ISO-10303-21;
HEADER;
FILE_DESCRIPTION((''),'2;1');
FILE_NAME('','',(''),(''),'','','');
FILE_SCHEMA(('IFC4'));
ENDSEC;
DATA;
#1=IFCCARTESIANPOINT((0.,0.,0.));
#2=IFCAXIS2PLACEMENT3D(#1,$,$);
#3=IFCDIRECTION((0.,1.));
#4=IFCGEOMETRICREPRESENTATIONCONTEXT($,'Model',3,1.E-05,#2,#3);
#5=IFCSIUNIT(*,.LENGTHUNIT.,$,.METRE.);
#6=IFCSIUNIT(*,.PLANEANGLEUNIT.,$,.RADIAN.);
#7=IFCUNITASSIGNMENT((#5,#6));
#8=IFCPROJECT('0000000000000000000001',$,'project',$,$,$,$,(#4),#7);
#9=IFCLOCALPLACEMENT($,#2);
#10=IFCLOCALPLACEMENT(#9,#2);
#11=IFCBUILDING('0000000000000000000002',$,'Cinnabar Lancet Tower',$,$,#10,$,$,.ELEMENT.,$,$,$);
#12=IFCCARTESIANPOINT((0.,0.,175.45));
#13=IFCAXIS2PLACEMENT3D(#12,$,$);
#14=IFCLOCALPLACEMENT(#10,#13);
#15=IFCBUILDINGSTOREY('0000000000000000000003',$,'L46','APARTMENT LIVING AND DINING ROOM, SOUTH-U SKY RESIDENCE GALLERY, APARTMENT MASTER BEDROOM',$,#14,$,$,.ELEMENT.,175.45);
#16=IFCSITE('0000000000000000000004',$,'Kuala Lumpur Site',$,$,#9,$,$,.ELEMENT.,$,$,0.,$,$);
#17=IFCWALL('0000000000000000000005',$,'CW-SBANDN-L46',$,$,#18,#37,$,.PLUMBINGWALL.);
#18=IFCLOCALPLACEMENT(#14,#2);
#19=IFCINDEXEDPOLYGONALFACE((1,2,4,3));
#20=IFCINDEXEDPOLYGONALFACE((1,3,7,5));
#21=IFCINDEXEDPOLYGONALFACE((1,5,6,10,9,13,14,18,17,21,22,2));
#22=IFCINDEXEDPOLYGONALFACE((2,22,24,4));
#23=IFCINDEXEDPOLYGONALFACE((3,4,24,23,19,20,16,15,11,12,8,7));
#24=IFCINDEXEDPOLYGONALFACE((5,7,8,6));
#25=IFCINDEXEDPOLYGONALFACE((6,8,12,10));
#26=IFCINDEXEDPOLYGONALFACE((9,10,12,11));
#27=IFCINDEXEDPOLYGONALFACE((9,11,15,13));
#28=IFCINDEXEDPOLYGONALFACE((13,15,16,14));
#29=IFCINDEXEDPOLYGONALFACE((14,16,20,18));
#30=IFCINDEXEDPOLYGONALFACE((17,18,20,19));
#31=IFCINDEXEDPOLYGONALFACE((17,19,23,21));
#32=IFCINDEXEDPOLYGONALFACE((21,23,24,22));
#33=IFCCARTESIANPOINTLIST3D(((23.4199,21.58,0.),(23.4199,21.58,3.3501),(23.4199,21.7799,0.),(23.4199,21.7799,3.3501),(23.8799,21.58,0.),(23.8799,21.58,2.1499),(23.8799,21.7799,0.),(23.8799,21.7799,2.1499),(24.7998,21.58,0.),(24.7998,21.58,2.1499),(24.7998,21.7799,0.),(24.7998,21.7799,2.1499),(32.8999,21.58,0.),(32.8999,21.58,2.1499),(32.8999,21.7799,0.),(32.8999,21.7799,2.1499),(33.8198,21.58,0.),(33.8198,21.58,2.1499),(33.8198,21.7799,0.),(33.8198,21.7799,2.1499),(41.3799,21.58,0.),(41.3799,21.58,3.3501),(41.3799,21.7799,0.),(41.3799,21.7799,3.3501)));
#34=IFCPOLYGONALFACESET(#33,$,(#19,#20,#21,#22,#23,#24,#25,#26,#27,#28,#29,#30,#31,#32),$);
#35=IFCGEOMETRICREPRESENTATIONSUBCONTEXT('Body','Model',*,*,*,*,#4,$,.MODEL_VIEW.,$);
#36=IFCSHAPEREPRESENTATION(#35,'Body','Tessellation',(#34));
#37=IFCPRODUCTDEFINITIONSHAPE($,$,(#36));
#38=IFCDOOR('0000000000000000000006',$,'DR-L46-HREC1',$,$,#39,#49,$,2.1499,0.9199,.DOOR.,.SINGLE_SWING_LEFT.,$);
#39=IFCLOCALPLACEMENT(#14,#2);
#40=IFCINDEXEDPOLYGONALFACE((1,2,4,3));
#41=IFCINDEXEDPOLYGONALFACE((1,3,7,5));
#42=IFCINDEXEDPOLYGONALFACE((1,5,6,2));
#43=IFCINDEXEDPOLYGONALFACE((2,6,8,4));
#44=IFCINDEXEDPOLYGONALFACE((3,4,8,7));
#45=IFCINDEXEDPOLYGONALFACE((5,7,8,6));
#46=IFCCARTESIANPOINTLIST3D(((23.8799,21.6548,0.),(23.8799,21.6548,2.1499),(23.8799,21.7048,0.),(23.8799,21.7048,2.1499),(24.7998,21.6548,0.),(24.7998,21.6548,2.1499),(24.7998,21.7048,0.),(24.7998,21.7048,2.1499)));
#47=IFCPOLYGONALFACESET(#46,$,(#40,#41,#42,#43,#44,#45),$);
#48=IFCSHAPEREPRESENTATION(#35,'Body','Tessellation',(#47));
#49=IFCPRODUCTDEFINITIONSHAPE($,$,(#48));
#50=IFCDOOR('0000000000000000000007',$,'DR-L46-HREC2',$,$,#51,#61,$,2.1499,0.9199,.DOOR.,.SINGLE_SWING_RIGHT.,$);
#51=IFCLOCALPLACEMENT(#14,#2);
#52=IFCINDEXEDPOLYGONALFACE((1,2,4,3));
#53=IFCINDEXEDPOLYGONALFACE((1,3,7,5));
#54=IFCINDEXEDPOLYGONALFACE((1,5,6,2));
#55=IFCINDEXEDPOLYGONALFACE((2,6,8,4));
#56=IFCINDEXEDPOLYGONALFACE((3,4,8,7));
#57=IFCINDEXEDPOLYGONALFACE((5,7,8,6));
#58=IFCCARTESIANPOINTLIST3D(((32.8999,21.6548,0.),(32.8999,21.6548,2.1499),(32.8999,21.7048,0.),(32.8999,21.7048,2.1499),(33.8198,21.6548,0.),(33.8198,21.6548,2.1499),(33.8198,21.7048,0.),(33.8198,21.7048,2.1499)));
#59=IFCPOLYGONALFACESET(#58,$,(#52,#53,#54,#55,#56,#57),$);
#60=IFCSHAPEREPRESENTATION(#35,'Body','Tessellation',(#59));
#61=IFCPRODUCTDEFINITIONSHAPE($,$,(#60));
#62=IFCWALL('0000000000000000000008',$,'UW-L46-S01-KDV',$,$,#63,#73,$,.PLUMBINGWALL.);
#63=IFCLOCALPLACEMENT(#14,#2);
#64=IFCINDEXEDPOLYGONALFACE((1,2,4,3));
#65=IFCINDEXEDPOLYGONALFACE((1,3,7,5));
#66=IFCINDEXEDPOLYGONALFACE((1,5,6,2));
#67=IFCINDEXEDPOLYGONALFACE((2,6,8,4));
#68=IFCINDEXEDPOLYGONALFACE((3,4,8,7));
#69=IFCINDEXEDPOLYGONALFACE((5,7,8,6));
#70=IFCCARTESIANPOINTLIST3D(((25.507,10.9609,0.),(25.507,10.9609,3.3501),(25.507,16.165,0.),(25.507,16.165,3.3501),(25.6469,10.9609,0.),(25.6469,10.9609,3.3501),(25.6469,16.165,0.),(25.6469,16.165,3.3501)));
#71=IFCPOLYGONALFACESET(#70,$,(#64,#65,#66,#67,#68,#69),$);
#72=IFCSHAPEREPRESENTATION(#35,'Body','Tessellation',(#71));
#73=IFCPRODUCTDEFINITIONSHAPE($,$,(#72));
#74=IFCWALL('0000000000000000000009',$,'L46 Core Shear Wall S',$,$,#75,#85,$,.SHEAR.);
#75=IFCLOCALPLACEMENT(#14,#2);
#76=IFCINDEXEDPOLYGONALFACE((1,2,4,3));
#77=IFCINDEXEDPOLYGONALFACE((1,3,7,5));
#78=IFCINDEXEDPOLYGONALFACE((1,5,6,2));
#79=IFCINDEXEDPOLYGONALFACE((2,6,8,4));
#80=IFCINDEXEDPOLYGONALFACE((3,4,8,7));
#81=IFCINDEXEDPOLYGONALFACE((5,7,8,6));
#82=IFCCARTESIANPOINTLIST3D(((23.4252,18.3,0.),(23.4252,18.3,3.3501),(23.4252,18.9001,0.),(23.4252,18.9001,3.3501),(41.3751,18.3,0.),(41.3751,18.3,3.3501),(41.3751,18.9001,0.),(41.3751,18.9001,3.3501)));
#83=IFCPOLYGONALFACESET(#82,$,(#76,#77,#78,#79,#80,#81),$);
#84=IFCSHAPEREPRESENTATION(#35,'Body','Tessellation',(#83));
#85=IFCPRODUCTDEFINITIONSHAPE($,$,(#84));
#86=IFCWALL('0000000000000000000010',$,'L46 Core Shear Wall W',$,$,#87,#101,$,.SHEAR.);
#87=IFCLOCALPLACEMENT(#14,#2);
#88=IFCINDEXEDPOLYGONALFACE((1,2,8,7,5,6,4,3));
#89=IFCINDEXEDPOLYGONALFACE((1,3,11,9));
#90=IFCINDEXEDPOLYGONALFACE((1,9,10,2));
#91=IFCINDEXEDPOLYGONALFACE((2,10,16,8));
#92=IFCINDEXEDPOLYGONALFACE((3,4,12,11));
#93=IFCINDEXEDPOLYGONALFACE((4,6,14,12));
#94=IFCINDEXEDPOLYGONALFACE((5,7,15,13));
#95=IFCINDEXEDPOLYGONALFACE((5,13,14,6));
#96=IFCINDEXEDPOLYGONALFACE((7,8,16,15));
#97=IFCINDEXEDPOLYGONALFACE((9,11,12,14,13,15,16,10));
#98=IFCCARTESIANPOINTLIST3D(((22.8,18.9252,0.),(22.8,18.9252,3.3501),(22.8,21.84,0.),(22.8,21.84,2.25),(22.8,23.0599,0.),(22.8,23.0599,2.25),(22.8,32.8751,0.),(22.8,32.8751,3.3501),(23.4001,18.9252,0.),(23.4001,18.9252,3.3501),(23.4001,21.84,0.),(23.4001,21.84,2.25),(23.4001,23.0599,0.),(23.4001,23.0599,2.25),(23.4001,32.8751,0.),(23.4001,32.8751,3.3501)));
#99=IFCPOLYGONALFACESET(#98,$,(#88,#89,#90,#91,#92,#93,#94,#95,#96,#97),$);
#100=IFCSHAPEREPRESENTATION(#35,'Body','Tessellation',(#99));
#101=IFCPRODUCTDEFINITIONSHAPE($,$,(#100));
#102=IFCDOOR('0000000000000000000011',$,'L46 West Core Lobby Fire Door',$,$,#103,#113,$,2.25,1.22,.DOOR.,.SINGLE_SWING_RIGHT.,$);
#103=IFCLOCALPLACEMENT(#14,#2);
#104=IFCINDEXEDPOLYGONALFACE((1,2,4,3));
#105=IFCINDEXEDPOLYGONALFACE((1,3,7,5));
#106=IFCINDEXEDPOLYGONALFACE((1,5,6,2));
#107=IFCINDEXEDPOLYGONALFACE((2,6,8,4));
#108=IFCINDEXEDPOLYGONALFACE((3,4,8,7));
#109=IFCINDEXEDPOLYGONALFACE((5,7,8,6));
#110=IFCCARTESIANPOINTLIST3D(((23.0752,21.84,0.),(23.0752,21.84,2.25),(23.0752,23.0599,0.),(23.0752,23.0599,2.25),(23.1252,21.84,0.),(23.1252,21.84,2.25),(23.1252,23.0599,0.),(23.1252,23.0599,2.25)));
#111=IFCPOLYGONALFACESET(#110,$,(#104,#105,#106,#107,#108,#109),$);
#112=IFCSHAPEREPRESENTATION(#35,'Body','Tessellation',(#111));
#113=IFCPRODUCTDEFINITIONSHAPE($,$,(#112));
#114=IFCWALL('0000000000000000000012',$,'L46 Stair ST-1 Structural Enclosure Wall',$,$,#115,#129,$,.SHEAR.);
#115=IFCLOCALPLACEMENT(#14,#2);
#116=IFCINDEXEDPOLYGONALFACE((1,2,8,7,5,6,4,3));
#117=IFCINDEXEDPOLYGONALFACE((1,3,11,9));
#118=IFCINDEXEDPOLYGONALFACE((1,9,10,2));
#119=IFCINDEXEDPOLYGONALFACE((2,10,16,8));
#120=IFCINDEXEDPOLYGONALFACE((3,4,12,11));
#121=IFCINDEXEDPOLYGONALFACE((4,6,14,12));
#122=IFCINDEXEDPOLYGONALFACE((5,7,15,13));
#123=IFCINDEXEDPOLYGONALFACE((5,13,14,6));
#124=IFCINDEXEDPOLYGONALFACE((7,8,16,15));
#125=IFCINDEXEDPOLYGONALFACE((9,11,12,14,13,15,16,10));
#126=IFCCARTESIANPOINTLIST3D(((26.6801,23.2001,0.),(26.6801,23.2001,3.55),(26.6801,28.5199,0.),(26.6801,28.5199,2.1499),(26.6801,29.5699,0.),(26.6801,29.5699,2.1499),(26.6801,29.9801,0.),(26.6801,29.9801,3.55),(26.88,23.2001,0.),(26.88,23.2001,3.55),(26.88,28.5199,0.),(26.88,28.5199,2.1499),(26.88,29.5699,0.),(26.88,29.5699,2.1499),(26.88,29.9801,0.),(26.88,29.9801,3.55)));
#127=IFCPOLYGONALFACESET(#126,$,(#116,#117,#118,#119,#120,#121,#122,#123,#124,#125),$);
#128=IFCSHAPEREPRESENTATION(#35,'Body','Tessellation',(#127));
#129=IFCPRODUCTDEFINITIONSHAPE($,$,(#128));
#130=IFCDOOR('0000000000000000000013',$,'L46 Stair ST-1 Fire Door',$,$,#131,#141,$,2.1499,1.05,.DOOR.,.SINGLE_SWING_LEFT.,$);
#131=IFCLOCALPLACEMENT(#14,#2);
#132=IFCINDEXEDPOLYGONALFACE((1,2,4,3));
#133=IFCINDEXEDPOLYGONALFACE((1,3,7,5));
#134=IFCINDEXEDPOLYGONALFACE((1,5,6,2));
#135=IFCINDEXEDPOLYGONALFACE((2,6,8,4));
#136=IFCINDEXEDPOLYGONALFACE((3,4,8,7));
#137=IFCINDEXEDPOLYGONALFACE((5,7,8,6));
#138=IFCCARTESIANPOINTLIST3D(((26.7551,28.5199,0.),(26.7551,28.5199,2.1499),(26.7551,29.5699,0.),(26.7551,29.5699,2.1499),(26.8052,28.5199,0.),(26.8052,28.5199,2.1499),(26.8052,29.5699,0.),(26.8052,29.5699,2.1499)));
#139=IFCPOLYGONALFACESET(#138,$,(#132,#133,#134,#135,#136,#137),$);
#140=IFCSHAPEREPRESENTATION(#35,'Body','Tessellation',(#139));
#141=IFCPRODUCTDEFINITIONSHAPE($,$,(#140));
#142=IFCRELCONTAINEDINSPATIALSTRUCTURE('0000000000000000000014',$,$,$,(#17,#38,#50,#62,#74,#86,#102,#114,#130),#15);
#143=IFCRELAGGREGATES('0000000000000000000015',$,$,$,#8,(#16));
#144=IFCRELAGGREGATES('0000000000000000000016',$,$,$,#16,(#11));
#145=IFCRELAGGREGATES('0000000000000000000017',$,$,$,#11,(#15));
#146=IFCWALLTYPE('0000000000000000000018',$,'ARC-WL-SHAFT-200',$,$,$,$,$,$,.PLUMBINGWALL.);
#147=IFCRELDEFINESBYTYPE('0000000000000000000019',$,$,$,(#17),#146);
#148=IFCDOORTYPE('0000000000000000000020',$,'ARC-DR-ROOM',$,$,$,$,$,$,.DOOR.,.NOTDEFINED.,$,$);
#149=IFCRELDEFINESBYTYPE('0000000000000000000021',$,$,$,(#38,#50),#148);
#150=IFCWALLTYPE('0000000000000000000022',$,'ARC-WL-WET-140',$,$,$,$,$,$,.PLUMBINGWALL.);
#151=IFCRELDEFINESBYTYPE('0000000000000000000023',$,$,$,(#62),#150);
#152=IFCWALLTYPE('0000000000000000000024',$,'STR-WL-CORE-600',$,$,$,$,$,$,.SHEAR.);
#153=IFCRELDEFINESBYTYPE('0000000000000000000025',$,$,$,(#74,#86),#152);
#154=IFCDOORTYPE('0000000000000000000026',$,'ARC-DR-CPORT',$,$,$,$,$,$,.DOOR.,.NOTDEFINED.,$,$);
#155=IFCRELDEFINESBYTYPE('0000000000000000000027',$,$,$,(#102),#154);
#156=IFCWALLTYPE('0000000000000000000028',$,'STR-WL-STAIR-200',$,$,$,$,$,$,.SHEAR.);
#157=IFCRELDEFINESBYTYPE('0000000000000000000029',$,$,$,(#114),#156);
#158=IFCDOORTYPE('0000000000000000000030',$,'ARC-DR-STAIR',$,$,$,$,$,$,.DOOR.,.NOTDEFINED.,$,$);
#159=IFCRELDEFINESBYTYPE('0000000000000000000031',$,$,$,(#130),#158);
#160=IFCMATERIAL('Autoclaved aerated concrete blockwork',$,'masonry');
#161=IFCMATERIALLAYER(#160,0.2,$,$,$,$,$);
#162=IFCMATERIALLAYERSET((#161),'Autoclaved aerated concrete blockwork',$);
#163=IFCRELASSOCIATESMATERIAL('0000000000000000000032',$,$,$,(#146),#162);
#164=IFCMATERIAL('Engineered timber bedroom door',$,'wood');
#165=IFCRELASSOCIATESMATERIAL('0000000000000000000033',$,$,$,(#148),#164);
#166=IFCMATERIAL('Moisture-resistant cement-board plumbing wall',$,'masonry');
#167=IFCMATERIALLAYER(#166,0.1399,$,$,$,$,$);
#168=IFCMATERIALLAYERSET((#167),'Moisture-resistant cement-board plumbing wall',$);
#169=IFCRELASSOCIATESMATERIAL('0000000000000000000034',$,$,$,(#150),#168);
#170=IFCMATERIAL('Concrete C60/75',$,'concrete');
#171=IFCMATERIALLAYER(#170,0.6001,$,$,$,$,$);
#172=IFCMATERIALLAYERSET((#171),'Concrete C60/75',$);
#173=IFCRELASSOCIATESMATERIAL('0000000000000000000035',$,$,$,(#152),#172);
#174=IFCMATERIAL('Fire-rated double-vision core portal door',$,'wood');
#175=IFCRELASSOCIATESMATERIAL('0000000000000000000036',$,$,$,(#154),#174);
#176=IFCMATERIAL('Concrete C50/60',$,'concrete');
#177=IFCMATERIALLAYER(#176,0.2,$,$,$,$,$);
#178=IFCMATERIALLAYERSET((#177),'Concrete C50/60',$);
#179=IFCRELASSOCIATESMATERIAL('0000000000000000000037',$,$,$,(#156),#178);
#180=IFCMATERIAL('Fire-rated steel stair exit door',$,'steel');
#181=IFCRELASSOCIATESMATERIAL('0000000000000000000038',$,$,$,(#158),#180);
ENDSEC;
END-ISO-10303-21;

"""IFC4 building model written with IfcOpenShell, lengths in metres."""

from ifc_helpers import new_model, si_unit, direction, frame, frame_2d, origin, place, context, subcontext, project, spatial, rectangle, extrude, material, layer, layer_set, type_object, element, fill, save


model = new_model("IFC4")

# Units and contexts
model_context = context("Model", 3, precision=1e-05, world=origin(), true_north=direction((0.0, 1.0)))
body_context = subcontext(model_context, "Body", "Model", "MODEL_VIEW")
ifc_project = project(units=[si_unit("LENGTHUNIT", "METRE"), si_unit("PLANEANGLEUNIT", "RADIAN")], contexts=[model_context])

# Site, building, storey
site_placement = place(None, origin())
site = spatial("IfcSite", under=ifc_project, at=site_placement, Name="Kuala Lumpur Site", CompositionType="ELEMENT", RefElevation=0.0)
building_placement = place(site_placement, origin())
building = spatial("IfcBuilding", under=site, at=building_placement, Name="Cinnabar Lancet Tower", CompositionType="ELEMENT")
storey_placement = place(building_placement, frame((0.0, 0.0, 175.45)))
storey = spatial("IfcBuildingStorey", under=building, at=storey_placement, Name="L46", Description="APARTMENT LIVING AND DINING ROOM, SOUTH-U SKY RESIDENCE GALLERY, APARTMENT MASTER BEDROOM", CompositionType="ELEMENT", Elevation=175.45)

# Shared definitions
ifc_material_1 = material(Name="Autoclaved aerated concrete blockwork", Category="masonry")
ifc_layer_1 = layer(ifc_material_1, 0.2)
ifc_layer_set_1 = layer_set([ifc_layer_1], Name="Autoclaved aerated concrete blockwork")
wall_type_1 = type_object("IfcWallType", Name="ARC-WL-SHAFT-200", PredefinedType="PLUMBINGWALL", material=ifc_layer_set_1)

# Wall, openings, doors
wall_1_placement = place(storey_placement, frame((23.4199, 21.6799, 0.0), z_axis=(0.0, 0.0, 1.0), x_axis=(1.0, 0.0, 0.0)))
wall_1 = element("IfcWall", 1, at=wall_1_placement, inside=storey, type_object=wall_type_1, Name="CW-SBANDN-L46", PredefinedType="PLUMBINGWALL", context=body_context, shape_type="SweptSolid", body=[
    extrude(rectangle(XDim=17.96, YDim=0.2, at=frame_2d((8.98, 0.0))), origin(), (0.0, 0.0, 1.0), 3.3501),
])
opening_1_placement = place(wall_1_placement, frame((0.46, 0.0, 0.0)))
opening_1 = element("IfcOpeningElement", 2, at=opening_1_placement, cuts=wall_1, PredefinedType="OPENING", context=body_context, shape_type="SweptSolid", body=[
    extrude(rectangle(XDim=0.9199, YDim=2.1499, at=frame_2d((0.46, 1.075))), frame((0.0, 0.1099, 0.0), z_axis=(0.0, -1.0, 0.0), x_axis=(1.0, 0.0, 0.0)), (0.0, 0.0, 1.0), 0.22),
])
opening_2_placement = place(wall_1_placement, frame((9.48, 0.0, 0.0)))
opening_2 = element("IfcOpeningElement", 3, at=opening_2_placement, cuts=wall_1, PredefinedType="OPENING", context=body_context, shape_type="SweptSolid", body=[
    extrude(rectangle(XDim=0.9199, YDim=2.1499, at=frame_2d((0.46, 1.075))), frame((0.0, 0.1099, 0.0), z_axis=(0.0, -1.0, 0.0), x_axis=(1.0, 0.0, 0.0)), (0.0, 0.0, 1.0), 0.22),
])
ifc_material_2 = material(Name="Engineered timber bedroom door", Category="wood")
door_type_1 = type_object("IfcDoorType", Name="ARC-DR-ROOM", OperationType="NOTDEFINED", PredefinedType="DOOR", material=ifc_material_2)
door_1_placement = place(opening_1_placement, origin())
door_1 = element("IfcDoor", 4, at=door_1_placement, inside=storey, type_object=door_type_1, Name="DR-L46-HREC1", OperationType="SINGLE_SWING_LEFT", OverallHeight=2.1499, OverallWidth=0.9199, PredefinedType="DOOR", context=body_context, shape_type="SweptSolid", body=[
    extrude(rectangle(XDim=0.9199, YDim=2.1499, at=frame_2d((0.46, 1.075))), frame((0.0, 0.0249, 0.0), z_axis=(0.0, -1.0, 0.0), x_axis=(1.0, 0.0, 0.0)), (0.0, 0.0, 1.0), 0.05),
])
fill(opening_1, door_1)
door_2_placement = place(opening_2_placement, origin())
door_2 = element("IfcDoor", 5, at=door_2_placement, inside=storey, type_object=door_type_1, Name="DR-L46-HREC2", OperationType="SINGLE_SWING_RIGHT", OverallHeight=2.1499, OverallWidth=0.9199, PredefinedType="DOOR", context=body_context, shape_type="SweptSolid", body=[
    extrude(rectangle(XDim=0.9199, YDim=2.1499, at=frame_2d((0.46, 1.075))), frame((0.0, 0.0249, 0.0), z_axis=(0.0, -1.0, 0.0), x_axis=(1.0, 0.0, 0.0)), (0.0, 0.0, 1.0), 0.05),
])
fill(opening_2, door_2)

# Walls
ifc_material_3 = material(Name="Moisture-resistant cement-board plumbing wall", Category="masonry")
ifc_layer_2 = layer(ifc_material_3, 0.1399)
ifc_layer_set_2 = layer_set([ifc_layer_2], Name="Moisture-resistant cement-board plumbing wall")
wall_type_2 = type_object("IfcWallType", Name="ARC-WL-WET-140", PredefinedType="PLUMBINGWALL", material=ifc_layer_set_2)
wall_2_placement = place(storey_placement, frame((25.5769, 10.9609, 0.0), z_axis=(0.0, 0.0, 1.0), x_axis=(0.0, 1.0, 0.0)))
element("IfcWall", 6, at=wall_2_placement, inside=storey, type_object=wall_type_2, Name="UW-L46-S01-KDV", PredefinedType="PLUMBINGWALL", context=body_context, shape_type="SweptSolid", body=[
    extrude(rectangle(XDim=5.2041, YDim=0.1399, at=frame_2d((2.6021, 0.0))), origin(), (0.0, 0.0, 1.0), 3.3501),
])
ifc_material_4 = material(Name="Concrete C60/75", Category="concrete")
ifc_layer_3 = layer(ifc_material_4, 0.6001)
ifc_layer_set_3 = layer_set([ifc_layer_3], Name="Concrete C60/75")
wall_type_3 = type_object("IfcWallType", Name="STR-WL-CORE-600", PredefinedType="SHEAR", material=ifc_layer_set_3)
wall_3_placement = place(storey_placement, frame((23.425, 18.6001, 0.0), z_axis=(0.0, 0.0, 1.0), x_axis=(1.0, 0.0, 0.0)))
element("IfcWall", 7, at=wall_3_placement, inside=storey, type_object=wall_type_3, Name="L46 Core Shear Wall S", PredefinedType="SHEAR", context=body_context, shape_type="SweptSolid", body=[
    extrude(rectangle(XDim=17.95, YDim=0.6001, at=frame_2d((8.9751, 0.0))), origin(), (0.0, 0.0, 1.0), 3.3501),
])

# Walls, openings, doors
wall_4_placement = place(storey_placement, frame((23.1001, 18.925, 0.0), z_axis=(0.0, 0.0, 1.0), x_axis=(0.0, 1.0, 0.0)))
wall_4 = element("IfcWall", 8, at=wall_4_placement, inside=storey, type_object=wall_type_3, Name="L46 Core Shear Wall W", PredefinedType="SHEAR", context=body_context, shape_type="SweptSolid", body=[
    extrude(rectangle(XDim=13.95, YDim=0.6001, at=frame_2d((6.9751, 0.0))), origin(), (0.0, 0.0, 1.0), 3.3501),
])
opening_3_placement = place(wall_4_placement, frame((2.915, 0.0, 0.0)))
opening_3 = element("IfcOpeningElement", 9, at=opening_3_placement, cuts=wall_4, PredefinedType="OPENING", context=body_context, shape_type="SweptSolid", body=[
    extrude(rectangle(XDim=1.22, YDim=2.25, at=frame_2d((0.6099, 1.125))), frame((0.0, 0.3101, 0.0), z_axis=(0.0, -1.0, 0.0), x_axis=(1.0, 0.0, 0.0)), (0.0, 0.0, 1.0), 0.6201),
])
ifc_material_5 = material(Name="Fire-rated double-vision core portal door", Category="wood")
door_type_2 = type_object("IfcDoorType", Name="ARC-DR-CPORT", OperationType="NOTDEFINED", PredefinedType="DOOR", material=ifc_material_5)
door_3_placement = place(opening_3_placement, origin())
door_3 = element("IfcDoor", 10, at=door_3_placement, inside=storey, type_object=door_type_2, Name="L46 West Core Lobby Fire Door", OperationType="SINGLE_SWING_RIGHT", OverallHeight=2.25, OverallWidth=1.22, PredefinedType="DOOR", context=body_context, shape_type="SweptSolid", body=[
    extrude(rectangle(XDim=1.22, YDim=2.25, at=frame_2d((0.6099, 1.125))), frame((0.0, 0.0249, 0.0), z_axis=(0.0, -1.0, 0.0), x_axis=(1.0, 0.0, 0.0)), (0.0, 0.0, 1.0), 0.05),
])
fill(opening_3, door_3)
ifc_material_6 = material(Name="Concrete C50/60", Category="concrete")
ifc_layer_4 = layer(ifc_material_6, 0.2)
ifc_layer_set_4 = layer_set([ifc_layer_4], Name="Concrete C50/60")
wall_type_4 = type_object("IfcWallType", Name="STR-WL-STAIR-200", PredefinedType="SHEAR", material=ifc_layer_set_4)
wall_5_placement = place(storey_placement, frame((26.78, 23.2, 0.0), z_axis=(0.0, 0.0, 1.0), x_axis=(0.0, 1.0, 0.0)))
wall_5 = element("IfcWall", 11, at=wall_5_placement, inside=storey, type_object=wall_type_4, Name="L46 Stair ST-1 Structural Enclosure Wall", PredefinedType="SHEAR", context=body_context, shape_type="SweptSolid", body=[
    extrude(rectangle(XDim=6.78, YDim=0.2, at=frame_2d((3.3901, 0.0))), origin(), (0.0, 0.0, 1.0), 3.55),
])
opening_4_placement = place(wall_5_placement, frame((5.3201, 0.0, 0.0)))
opening_4 = element("IfcOpeningElement", 12, at=opening_4_placement, cuts=wall_5, PredefinedType="OPENING", context=body_context, shape_type="SweptSolid", body=[
    extrude(rectangle(XDim=1.05, YDim=2.1499, at=frame_2d((0.5249, 1.075))), frame((0.0, 0.1099, 0.0), z_axis=(0.0, -1.0, 0.0), x_axis=(1.0, 0.0, 0.0)), (0.0, 0.0, 1.0), 0.22),
])
ifc_material_7 = material(Name="Fire-rated steel stair exit door", Category="steel")
door_type_3 = type_object("IfcDoorType", Name="ARC-DR-STAIR", OperationType="NOTDEFINED", PredefinedType="DOOR", material=ifc_material_7)
door_4_placement = place(opening_4_placement, origin())
door_4 = element("IfcDoor", 13, at=door_4_placement, inside=storey, type_object=door_type_3, Name="L46 Stair ST-1 Fire Door", OperationType="SINGLE_SWING_LEFT", OverallHeight=2.1499, OverallWidth=1.05, PredefinedType="DOOR", context=body_context, shape_type="SweptSolid", body=[
    extrude(rectangle(XDim=1.05, YDim=2.1499, at=frame_2d((0.5249, 1.075))), frame((0.0, 0.0249, 0.0), z_axis=(0.0, -1.0, 0.0), x_axis=(1.0, 0.0, 0.0)), (0.0, 0.0, 1.0), 0.05),
])
fill(opening_4, door_4)

save(model, "model.ifc")
